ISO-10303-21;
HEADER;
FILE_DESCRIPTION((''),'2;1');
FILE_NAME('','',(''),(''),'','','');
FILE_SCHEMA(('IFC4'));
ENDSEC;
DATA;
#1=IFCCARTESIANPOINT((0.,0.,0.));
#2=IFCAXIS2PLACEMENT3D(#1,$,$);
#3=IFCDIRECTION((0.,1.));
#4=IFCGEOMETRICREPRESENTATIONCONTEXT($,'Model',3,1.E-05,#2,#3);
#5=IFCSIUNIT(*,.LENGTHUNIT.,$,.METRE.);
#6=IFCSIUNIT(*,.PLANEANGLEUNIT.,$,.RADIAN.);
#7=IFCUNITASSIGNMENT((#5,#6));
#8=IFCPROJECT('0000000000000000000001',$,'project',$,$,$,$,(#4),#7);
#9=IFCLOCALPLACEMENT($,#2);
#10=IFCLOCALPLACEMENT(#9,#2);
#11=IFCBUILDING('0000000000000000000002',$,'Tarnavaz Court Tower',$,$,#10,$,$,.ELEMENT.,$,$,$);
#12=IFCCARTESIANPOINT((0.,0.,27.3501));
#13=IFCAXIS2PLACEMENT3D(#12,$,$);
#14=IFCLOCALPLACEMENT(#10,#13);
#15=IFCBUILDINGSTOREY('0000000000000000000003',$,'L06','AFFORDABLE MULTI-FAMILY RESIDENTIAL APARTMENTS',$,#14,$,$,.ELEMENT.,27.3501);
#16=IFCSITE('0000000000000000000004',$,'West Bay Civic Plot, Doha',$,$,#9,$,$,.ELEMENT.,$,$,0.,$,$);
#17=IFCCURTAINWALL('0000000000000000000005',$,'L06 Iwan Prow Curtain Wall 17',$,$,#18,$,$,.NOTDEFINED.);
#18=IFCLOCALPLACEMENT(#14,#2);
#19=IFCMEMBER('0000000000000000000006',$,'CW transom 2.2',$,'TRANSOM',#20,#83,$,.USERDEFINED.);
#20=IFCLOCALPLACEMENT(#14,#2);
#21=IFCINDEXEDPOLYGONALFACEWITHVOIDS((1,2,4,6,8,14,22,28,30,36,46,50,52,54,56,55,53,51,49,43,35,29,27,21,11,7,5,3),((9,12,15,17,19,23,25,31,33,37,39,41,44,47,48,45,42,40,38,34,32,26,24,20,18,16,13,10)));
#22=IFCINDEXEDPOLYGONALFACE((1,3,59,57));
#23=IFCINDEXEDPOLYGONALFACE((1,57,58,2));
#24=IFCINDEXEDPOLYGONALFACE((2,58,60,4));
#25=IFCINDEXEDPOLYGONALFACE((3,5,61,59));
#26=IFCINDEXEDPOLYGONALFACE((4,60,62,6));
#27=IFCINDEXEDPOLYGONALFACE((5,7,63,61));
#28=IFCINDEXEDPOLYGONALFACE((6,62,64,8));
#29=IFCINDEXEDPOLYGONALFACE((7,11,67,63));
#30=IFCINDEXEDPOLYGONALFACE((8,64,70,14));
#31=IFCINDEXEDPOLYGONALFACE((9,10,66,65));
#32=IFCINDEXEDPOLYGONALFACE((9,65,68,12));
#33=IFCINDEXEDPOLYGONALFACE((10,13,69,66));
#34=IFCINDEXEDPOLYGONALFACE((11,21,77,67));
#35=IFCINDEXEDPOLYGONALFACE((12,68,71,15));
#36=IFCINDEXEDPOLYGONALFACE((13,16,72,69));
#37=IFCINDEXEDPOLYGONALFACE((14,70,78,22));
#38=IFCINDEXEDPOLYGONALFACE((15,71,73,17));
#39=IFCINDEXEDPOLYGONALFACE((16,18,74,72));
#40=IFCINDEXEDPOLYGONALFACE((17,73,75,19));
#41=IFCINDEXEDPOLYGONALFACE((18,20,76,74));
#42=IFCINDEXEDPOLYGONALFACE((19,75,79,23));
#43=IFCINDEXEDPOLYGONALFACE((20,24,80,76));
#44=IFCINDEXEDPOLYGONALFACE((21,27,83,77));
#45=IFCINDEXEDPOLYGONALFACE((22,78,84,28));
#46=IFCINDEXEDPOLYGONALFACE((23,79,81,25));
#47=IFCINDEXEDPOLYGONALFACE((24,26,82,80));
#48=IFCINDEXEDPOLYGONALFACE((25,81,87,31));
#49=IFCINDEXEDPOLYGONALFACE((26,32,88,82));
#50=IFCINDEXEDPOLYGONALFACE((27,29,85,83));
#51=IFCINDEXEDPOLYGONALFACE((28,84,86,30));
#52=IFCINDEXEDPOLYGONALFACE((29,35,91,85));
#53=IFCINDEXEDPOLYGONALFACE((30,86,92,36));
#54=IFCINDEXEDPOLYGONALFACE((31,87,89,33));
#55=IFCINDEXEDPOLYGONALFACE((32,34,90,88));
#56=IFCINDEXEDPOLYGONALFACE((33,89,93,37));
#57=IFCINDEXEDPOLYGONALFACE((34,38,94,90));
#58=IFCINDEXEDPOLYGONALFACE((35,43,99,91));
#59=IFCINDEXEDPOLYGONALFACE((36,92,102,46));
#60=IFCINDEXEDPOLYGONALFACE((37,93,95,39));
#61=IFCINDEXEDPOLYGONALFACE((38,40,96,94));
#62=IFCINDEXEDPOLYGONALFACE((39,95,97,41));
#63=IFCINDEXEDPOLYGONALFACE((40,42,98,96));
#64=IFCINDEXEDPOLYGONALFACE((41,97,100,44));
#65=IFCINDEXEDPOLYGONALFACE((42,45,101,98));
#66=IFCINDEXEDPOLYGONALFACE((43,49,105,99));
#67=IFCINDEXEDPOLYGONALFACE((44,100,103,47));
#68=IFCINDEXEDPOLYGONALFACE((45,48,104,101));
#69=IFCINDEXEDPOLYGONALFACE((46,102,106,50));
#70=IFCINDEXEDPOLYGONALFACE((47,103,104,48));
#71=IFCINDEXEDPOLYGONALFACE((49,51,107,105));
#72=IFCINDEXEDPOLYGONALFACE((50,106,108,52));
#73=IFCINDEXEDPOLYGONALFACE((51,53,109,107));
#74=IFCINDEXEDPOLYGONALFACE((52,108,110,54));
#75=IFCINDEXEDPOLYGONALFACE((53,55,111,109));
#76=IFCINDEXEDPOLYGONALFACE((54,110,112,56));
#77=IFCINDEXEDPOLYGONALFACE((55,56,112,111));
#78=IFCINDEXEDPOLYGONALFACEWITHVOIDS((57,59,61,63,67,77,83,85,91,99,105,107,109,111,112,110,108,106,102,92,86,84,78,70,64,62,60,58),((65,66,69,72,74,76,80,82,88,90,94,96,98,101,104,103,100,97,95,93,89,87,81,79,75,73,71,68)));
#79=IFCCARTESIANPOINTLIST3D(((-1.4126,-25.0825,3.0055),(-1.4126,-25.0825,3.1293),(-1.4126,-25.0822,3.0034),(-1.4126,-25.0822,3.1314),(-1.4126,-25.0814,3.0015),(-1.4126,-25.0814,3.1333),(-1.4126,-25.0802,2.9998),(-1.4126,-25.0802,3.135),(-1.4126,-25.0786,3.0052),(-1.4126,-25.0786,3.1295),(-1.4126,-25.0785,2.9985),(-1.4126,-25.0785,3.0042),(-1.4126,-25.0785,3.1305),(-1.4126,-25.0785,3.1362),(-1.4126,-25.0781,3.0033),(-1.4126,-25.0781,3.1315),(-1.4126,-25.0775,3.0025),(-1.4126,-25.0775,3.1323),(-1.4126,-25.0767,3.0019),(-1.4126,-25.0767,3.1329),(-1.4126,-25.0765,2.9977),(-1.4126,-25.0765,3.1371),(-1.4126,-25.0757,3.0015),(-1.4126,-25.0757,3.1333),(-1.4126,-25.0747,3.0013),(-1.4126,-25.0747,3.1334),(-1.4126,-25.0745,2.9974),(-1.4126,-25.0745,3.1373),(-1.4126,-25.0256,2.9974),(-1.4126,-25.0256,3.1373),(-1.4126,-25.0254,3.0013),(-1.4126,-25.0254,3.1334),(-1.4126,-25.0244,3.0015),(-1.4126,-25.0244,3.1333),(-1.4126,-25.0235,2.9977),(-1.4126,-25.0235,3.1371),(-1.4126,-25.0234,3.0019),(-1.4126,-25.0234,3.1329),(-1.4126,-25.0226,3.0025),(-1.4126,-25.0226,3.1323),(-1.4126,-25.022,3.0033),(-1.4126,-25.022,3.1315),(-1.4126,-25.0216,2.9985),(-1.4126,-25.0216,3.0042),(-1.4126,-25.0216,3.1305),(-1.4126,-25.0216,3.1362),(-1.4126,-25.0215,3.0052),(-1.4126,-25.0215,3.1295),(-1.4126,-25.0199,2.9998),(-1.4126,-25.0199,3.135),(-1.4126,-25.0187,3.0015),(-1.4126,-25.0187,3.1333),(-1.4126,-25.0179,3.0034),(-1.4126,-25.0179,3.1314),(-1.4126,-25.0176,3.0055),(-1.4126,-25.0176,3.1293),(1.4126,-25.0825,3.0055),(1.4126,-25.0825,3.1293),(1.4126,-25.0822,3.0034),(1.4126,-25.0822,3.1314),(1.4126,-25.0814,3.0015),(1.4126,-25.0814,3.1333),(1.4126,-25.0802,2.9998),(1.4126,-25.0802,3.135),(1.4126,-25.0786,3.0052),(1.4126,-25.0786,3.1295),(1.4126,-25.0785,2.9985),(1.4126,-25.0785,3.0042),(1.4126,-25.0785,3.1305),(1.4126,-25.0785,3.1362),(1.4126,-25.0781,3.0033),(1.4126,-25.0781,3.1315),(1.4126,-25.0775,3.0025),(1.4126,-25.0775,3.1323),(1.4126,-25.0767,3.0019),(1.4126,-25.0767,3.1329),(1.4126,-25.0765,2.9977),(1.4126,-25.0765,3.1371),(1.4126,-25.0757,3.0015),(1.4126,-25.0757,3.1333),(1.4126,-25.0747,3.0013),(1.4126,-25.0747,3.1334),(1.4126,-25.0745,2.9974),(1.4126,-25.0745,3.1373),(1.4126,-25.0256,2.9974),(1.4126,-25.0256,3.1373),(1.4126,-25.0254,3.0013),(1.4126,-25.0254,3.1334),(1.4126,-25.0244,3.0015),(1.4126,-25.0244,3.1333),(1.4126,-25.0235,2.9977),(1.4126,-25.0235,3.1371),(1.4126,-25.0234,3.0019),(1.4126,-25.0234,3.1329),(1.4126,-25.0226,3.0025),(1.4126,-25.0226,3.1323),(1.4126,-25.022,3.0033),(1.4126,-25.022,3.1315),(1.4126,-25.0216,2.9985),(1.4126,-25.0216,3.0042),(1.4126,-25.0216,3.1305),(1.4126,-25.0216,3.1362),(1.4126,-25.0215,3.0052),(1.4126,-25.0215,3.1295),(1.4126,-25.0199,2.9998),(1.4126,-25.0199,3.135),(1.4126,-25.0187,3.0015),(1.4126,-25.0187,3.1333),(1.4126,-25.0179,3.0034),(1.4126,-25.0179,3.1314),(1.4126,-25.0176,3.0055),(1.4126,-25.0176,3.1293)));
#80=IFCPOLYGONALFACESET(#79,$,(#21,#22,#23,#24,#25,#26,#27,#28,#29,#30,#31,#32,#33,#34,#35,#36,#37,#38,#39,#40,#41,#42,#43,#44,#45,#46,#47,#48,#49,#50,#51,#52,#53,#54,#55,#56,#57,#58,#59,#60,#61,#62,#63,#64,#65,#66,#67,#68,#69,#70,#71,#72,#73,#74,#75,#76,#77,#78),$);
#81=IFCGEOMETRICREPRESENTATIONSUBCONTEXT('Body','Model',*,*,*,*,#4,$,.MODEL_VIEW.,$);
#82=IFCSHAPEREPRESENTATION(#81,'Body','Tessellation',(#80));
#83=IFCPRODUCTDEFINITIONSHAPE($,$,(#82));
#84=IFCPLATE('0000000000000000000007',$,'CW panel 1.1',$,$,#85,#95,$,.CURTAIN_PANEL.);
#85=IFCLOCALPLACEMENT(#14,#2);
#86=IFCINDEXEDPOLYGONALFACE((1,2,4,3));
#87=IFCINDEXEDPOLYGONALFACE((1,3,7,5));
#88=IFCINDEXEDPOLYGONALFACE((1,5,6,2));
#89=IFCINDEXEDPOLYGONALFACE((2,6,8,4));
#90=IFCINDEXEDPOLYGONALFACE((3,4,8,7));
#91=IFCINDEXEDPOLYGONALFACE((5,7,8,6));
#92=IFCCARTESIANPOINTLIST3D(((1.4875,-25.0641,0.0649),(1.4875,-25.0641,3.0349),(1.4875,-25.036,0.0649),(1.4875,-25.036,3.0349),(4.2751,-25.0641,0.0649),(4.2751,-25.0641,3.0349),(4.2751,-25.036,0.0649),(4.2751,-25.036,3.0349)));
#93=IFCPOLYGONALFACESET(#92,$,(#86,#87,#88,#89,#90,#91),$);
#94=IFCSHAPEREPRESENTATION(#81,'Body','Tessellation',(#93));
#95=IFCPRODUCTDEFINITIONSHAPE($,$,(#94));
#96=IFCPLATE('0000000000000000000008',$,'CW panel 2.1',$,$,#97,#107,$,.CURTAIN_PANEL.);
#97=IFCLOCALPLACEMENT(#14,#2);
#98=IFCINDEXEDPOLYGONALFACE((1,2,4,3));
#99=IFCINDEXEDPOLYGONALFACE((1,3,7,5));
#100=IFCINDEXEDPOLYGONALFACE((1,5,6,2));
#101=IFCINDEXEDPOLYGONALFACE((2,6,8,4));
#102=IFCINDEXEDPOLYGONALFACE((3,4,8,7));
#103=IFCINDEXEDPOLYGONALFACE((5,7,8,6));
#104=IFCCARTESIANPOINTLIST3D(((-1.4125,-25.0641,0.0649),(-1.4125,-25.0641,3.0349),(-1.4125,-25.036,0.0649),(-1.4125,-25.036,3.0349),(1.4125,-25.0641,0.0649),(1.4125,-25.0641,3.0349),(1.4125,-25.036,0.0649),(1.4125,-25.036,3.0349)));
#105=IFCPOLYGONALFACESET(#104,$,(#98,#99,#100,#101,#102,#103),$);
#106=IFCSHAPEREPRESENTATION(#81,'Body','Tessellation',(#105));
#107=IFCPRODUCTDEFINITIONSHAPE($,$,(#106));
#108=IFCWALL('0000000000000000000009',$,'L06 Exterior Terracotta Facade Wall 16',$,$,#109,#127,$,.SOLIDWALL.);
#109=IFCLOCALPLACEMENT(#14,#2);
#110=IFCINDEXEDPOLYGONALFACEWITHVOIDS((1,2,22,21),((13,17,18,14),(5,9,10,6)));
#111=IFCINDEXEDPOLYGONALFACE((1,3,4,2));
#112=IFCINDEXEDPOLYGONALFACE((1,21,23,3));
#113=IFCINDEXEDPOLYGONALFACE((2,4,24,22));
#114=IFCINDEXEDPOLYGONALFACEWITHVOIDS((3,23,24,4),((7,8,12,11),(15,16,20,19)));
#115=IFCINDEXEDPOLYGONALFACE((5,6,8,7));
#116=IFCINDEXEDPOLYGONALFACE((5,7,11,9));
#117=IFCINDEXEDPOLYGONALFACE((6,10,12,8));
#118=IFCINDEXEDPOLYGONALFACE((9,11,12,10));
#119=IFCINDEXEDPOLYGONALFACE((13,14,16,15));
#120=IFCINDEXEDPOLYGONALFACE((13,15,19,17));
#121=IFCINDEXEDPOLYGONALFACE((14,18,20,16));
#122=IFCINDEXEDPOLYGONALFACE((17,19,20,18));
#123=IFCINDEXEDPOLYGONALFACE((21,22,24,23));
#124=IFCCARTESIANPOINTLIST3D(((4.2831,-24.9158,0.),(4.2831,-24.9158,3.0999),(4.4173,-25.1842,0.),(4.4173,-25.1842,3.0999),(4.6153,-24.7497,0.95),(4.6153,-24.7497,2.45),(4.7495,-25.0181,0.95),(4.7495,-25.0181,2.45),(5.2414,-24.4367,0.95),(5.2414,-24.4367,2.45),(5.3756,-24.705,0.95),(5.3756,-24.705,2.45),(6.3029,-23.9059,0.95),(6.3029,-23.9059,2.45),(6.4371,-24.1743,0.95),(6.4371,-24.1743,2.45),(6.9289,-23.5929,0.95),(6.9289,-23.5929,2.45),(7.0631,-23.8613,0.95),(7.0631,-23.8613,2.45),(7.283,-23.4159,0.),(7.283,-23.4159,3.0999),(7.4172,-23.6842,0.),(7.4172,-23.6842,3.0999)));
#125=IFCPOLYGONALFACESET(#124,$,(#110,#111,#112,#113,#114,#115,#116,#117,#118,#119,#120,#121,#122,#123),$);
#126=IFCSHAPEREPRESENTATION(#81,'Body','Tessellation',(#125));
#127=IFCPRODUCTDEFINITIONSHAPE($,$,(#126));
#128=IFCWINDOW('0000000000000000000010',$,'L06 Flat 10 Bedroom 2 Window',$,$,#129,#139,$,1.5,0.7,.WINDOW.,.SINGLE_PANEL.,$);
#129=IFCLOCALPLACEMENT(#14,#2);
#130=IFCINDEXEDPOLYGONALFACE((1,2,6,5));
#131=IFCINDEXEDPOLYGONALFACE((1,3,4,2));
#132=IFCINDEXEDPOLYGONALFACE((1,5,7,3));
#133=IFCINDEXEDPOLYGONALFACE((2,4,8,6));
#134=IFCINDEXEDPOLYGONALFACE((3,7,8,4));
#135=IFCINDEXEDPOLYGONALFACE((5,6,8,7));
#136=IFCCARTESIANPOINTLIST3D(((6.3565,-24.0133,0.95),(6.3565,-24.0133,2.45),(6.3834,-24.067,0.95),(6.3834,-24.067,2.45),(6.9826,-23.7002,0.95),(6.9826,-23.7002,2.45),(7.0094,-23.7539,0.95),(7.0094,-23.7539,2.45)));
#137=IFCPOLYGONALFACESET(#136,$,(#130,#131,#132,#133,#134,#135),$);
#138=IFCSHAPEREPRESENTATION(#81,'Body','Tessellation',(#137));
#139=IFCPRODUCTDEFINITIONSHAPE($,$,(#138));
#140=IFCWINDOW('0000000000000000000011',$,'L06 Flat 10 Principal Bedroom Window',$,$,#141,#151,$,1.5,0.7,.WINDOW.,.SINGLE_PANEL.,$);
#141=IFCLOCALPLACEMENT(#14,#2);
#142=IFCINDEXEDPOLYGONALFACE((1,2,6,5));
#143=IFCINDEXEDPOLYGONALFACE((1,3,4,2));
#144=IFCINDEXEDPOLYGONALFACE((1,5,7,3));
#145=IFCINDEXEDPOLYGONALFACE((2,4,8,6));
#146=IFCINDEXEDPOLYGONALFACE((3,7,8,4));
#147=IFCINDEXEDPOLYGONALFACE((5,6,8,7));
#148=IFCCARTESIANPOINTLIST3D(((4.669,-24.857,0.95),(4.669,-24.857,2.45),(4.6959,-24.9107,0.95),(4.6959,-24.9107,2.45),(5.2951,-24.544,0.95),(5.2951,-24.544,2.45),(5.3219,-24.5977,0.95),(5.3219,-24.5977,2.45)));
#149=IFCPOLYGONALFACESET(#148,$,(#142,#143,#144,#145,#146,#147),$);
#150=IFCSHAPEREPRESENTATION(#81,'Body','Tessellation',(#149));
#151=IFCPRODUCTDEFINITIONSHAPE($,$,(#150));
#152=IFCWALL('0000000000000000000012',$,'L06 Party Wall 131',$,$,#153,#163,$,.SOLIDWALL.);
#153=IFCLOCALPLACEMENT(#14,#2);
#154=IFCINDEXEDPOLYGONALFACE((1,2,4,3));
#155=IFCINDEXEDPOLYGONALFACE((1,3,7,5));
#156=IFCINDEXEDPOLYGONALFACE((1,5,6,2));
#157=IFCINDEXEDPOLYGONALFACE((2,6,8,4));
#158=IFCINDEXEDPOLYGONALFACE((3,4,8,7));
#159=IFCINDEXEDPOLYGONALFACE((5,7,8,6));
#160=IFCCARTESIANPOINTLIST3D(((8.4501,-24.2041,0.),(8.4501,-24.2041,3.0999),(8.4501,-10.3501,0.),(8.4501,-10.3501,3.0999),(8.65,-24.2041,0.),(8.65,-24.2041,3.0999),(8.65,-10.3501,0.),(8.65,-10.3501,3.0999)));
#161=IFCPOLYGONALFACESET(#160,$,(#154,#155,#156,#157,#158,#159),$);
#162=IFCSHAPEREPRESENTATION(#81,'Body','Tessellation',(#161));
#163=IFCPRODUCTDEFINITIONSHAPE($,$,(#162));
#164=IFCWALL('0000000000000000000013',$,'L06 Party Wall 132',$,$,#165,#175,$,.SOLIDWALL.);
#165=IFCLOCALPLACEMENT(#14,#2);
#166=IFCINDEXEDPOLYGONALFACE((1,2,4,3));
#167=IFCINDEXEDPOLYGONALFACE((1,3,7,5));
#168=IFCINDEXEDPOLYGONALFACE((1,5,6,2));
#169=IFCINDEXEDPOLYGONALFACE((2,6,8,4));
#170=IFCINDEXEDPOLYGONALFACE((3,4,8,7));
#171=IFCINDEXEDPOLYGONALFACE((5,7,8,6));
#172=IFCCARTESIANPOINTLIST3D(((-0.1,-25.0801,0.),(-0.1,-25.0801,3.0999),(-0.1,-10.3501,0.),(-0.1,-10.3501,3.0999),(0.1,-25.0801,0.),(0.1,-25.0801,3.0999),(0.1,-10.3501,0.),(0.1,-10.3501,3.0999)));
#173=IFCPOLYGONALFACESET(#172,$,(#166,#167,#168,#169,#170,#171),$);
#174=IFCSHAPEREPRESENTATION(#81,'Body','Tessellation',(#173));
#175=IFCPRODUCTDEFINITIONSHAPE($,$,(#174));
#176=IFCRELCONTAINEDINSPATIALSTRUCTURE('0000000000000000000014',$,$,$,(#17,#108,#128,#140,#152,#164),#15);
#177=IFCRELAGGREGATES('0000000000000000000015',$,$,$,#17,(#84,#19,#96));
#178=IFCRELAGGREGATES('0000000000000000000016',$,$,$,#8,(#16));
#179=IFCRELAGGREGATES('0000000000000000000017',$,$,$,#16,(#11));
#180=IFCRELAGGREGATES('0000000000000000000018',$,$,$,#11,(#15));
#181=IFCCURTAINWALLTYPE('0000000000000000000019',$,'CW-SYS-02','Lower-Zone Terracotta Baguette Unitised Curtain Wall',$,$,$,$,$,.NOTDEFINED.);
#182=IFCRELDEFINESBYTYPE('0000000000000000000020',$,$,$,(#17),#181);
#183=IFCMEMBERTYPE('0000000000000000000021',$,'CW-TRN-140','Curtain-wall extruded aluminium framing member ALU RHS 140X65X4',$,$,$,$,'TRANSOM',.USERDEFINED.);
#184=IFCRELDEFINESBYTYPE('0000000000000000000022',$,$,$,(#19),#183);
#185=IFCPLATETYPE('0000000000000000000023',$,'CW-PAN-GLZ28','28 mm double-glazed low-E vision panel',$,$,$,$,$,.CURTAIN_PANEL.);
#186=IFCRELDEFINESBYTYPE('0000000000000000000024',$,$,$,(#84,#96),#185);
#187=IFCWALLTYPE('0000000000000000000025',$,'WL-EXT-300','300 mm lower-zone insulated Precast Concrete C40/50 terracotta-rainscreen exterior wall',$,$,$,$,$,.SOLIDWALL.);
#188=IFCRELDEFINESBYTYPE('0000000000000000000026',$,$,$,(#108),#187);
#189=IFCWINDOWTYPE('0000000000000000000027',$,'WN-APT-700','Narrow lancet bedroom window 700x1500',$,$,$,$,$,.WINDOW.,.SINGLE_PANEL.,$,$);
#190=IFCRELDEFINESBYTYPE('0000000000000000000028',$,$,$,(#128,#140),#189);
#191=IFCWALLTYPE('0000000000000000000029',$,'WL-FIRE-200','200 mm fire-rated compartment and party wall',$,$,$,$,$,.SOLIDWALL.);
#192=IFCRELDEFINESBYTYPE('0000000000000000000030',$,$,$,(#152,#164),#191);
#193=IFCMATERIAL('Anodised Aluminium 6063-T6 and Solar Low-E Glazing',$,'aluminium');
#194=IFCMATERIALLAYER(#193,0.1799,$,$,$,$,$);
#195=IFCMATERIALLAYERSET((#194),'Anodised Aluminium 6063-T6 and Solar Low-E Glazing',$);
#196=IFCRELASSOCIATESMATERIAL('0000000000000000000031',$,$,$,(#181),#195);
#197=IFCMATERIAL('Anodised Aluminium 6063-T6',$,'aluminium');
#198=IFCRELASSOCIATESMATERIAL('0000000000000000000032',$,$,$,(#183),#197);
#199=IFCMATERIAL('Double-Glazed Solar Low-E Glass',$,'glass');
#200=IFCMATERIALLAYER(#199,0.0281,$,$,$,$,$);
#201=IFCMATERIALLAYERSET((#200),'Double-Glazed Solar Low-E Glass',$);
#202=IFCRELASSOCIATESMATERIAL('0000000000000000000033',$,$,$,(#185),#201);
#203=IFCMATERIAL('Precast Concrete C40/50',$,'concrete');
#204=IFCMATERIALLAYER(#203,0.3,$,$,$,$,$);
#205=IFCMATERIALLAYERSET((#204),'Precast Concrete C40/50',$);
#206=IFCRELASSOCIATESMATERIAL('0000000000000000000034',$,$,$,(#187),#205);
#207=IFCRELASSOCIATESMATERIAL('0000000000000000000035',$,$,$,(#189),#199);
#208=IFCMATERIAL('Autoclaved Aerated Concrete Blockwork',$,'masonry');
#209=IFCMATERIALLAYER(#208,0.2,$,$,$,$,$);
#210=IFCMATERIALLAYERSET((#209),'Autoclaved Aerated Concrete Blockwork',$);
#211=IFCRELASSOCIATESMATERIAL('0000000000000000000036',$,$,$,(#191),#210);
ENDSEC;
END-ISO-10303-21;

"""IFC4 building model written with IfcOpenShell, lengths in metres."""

from ifc_helpers import new_model, si_unit, direction, frame, frame_2d, origin, origin_2d, place, context, subcontext, project, spatial, rectangle, hollow_rectangle, extrude, material, layer, layer_set, material_profile, profile_set, type_object, element, fill, aggregate, save


model = new_model("IFC4")

# Units and contexts
model_context = context("Model", 3, precision=1e-05, world=origin(), true_north=direction((0.0, 1.0)))
body_context = subcontext(model_context, "Body", "Model", "MODEL_VIEW")
ifc_project = project(units=[si_unit("LENGTHUNIT", "METRE"), si_unit("PLANEANGLEUNIT", "RADIAN")], contexts=[model_context])

# Site, building, storey
site_placement = place(None, origin())
site = spatial("IfcSite", under=ifc_project, at=site_placement, Name="West Bay Civic Plot, Doha", CompositionType="ELEMENT", RefElevation=0.0)
building_placement = place(site_placement, origin())
building = spatial("IfcBuilding", under=site, at=building_placement, Name="Tarnavaz Court Tower", CompositionType="ELEMENT")
storey_placement = place(building_placement, frame((0.0, 0.0, 27.3501)))
storey = spatial("IfcBuildingStorey", under=building, at=storey_placement, Name="L06", Description="AFFORDABLE MULTI-FAMILY RESIDENTIAL APARTMENTS", CompositionType="ELEMENT", Elevation=27.3501)

# Curtain wall, member, plates
ifc_material_1 = material(Name="Anodised Aluminium 6063-T6 and Solar Low-E Glazing", Category="aluminium")
ifc_layer_1 = layer(ifc_material_1, 0.1799)
ifc_layer_set_1 = layer_set([ifc_layer_1], Name="Anodised Aluminium 6063-T6 and Solar Low-E Glazing")
curtain_wall_type = type_object("IfcCurtainWallType", Name="CW-SYS-02", Description="Lower-Zone Terracotta Baguette Unitised Curtain Wall", PredefinedType="NOTDEFINED", material=ifc_layer_set_1)
curtain_wall_placement = place(storey_placement, origin())
curtain_wall = element("IfcCurtainWall", 1, at=curtain_wall_placement, inside=storey, type_object=curtain_wall_type, Name="L06 Iwan Prow Curtain Wall 17", PredefinedType="NOTDEFINED")
ifc_material_2 = material(Name="Anodised Aluminium 6063-T6", Category="aluminium")
ifc_material_profile_1 = material_profile(ifc_material_2, hollow_rectangle(XDim=0.0649, YDim=0.1399, WallThickness=0.0039, InnerFilletRadius=0.0039, OuterFilletRadius=0.0081, at=origin_2d()), Name="ALU RHS 140X65X4")
ifc_profile_set_1 = profile_set([ifc_material_profile_1], Name="Anodised Aluminium 6063-T6")
member_type_1 = type_object("IfcMemberType", Name="CW-TRN-140", Description="Curtain-wall extruded aluminium framing member ALU RHS 140X65X4", ElementType="TRANSOM", PredefinedType="USERDEFINED", material=ifc_profile_set_1)
member_1_placement = place(storey_placement, frame((1.4126, -25.05, 3.0674), z_axis=(-1.0, 0.0, 0.0), x_axis=(0.0, -1.0, 0.0)))
member_1 = element("IfcMember", 2, at=member_1_placement, type_object=member_type_1, Name="CW transom 2.2", ObjectType="TRANSOM", PredefinedType="USERDEFINED", context=body_context, shape_type="SweptSolid", body=[
    extrude(hollow_rectangle(XDim=0.0649, YDim=0.1399, WallThickness=0.0039, InnerFilletRadius=0.0039, OuterFilletRadius=0.0081, at=origin_2d()), origin(), (0.0, 0.0, 1.0), 2.8252),
])
ifc_material_3 = material(Name="Double-Glazed Solar Low-E Glass", Category="glass")
ifc_layer_2 = layer(ifc_material_3, 0.0281)
ifc_layer_set_2 = layer_set([ifc_layer_2], Name="Double-Glazed Solar Low-E Glass")
plate_type = type_object("IfcPlateType", Name="CW-PAN-GLZ28", Description="28 mm double-glazed low-E vision panel", PredefinedType="CURTAIN_PANEL", material=ifc_layer_set_2)
plate_1_placement = place(storey_placement, frame((2.8813, -25.05, 0.0649), z_axis=(0.0, 0.0, 1.0), x_axis=(-1.0, 0.0, 0.0)))
plate_1 = element("IfcPlate", 3, at=plate_1_placement, type_object=plate_type, Name="CW panel 1.1", PredefinedType="CURTAIN_PANEL", context=body_context, shape_type="SweptSolid", body=[
    extrude(rectangle(XDim=2.7876, YDim=0.0281, at=origin_2d()), origin(), (0.0, 0.0, 1.0), 2.97),
])
plate_2_placement = place(storey_placement, frame((0.0, -25.05, 0.0649), z_axis=(0.0, 0.0, 1.0), x_axis=(-1.0, 0.0, 0.0)))
plate_2 = element("IfcPlate", 4, at=plate_2_placement, type_object=plate_type, Name="CW panel 2.1", PredefinedType="CURTAIN_PANEL", context=body_context, shape_type="SweptSolid", body=[
    extrude(rectangle(XDim=2.825, YDim=0.0281, at=origin_2d()), origin(), (0.0, 0.0, 1.0), 2.97),
])
aggregate(curtain_wall, [plate_1, member_1, plate_2])

# Wall, openings, windows
ifc_material_4 = material(Name="Precast Concrete C40/50", Category="concrete")
ifc_layer_3 = layer(ifc_material_4, 0.3)
ifc_layer_set_3 = layer_set([ifc_layer_3], Name="Precast Concrete C40/50")
wall_type_1 = type_object("IfcWallType", Name="WL-EXT-300", Description="300 mm lower-zone insulated Precast Concrete C40/50 terracotta-rainscreen exterior wall", PredefinedType="SOLIDWALL", material=ifc_layer_set_3)
wall_1_placement = place(storey_placement, frame((7.3501, -23.55, 0.0), z_axis=(0.0, 0.0, 1.0), x_axis=(-0.894427, -0.447214, 0.0)))
wall_1 = element("IfcWall", 5, at=wall_1_placement, inside=storey, type_object=wall_type_1, Name="L06 Exterior Terracotta Facade Wall 16", PredefinedType="SOLIDWALL", context=body_context, shape_type="SweptSolid", body=[
    extrude(rectangle(XDim=3.354, YDim=0.3, at=frame_2d((1.677, 0.0))), origin(), (0.0, 0.0, 1.0), 3.0999),
])
opening_1_placement = place(wall_1_placement, frame((0.3958, 0.0, 0.95)))
opening_1 = element("IfcOpeningElement", 6, at=opening_1_placement, cuts=wall_1, PredefinedType="OPENING", context=body_context, shape_type="SweptSolid", body=[
    extrude(rectangle(XDim=0.7, YDim=1.5, at=frame_2d((0.3501, 0.75))), frame((0.0, 0.1599, 0.0), z_axis=(0.0, -1.0, 0.0), x_axis=(1.0, 0.0, 0.0)), (0.0, 0.0, 1.0), 0.3201),
])
opening_2_placement = place(wall_1_placement, frame((2.2825, 0.0, 0.95)))
opening_2 = element("IfcOpeningElement", 7, at=opening_2_placement, cuts=wall_1, PredefinedType="OPENING", context=body_context, shape_type="SweptSolid", body=[
    extrude(rectangle(XDim=0.7, YDim=1.5, at=frame_2d((0.3501, 0.75))), frame((0.0, 0.1599, 0.0), z_axis=(0.0, -1.0, 0.0), x_axis=(1.0, 0.0, 0.0)), (0.0, 0.0, 1.0), 0.3201),
])
window_type = type_object("IfcWindowType", Name="WN-APT-700", Description="Narrow lancet bedroom window 700x1500", PartitioningType="SINGLE_PANEL", PredefinedType="WINDOW", material=ifc_material_3)
window_1_placement = place(opening_1_placement, origin())
window_1 = element("IfcWindow", 8, at=window_1_placement, inside=storey, type_object=window_type, Name="L06 Flat 10 Bedroom 2 Window", OverallHeight=1.5, OverallWidth=0.7, PartitioningType="SINGLE_PANEL", PredefinedType="WINDOW", context=body_context, shape_type="SweptSolid", body=[
    extrude(rectangle(XDim=0.7, YDim=1.5, at=frame_2d((0.3501, 0.75))), frame((0.0, 0.03, 0.0), z_axis=(0.0, -1.0, 0.0), x_axis=(1.0, 0.0, 0.0)), (0.0, 0.0, 1.0), 0.0601),
])
fill(opening_1, window_1)
window_2_placement = place(opening_2_placement, origin())
window_2 = element("IfcWindow", 9, at=window_2_placement, inside=storey, type_object=window_type, Name="L06 Flat 10 Principal Bedroom Window", OverallHeight=1.5, OverallWidth=0.7, PartitioningType="SINGLE_PANEL", PredefinedType="WINDOW", context=body_context, shape_type="SweptSolid", body=[
    extrude(rectangle(XDim=0.7, YDim=1.5, at=frame_2d((0.3501, 0.75))), frame((0.0, 0.03, 0.0), z_axis=(0.0, -1.0, 0.0), x_axis=(1.0, 0.0, 0.0)), (0.0, 0.0, 1.0), 0.0601),
])
fill(opening_2, window_2)

# Walls
ifc_material_5 = material(Name="Autoclaved Aerated Concrete Blockwork", Category="masonry")
ifc_layer_4 = layer(ifc_material_5, 0.2)
ifc_layer_set_4 = layer_set([ifc_layer_4], Name="Autoclaved Aerated Concrete Blockwork")
wall_type_2 = type_object("IfcWallType", Name="WL-FIRE-200", Description="200 mm fire-rated compartment and party wall", PredefinedType="SOLIDWALL", material=ifc_layer_set_4)
wall_2_placement = place(storey_placement, frame((8.55, -24.2041, 0.0), z_axis=(0.0, 0.0, 1.0), x_axis=(0.0, 1.0, 0.0)))
element("IfcWall", 10, at=wall_2_placement, inside=storey, type_object=wall_type_2, Name="L06 Party Wall 131", PredefinedType="SOLIDWALL", context=body_context, shape_type="SweptSolid", body=[
    extrude(rectangle(XDim=13.854, YDim=0.2, at=frame_2d((6.927, 0.0))), origin(), (0.0, 0.0, 1.0), 3.0999),
])
wall_3_placement = place(storey_placement, frame((0.0, -25.0801, 0.0), z_axis=(0.0, 0.0, 1.0), x_axis=(0.0, 1.0, 0.0)))
element("IfcWall", 11, at=wall_3_placement, inside=storey, type_object=wall_type_2, Name="L06 Party Wall 132", PredefinedType="SOLIDWALL", context=body_context, shape_type="SweptSolid", body=[
    extrude(rectangle(XDim=14.73, YDim=0.2, at=frame_2d((7.365, 0.0))), origin(), (0.0, 0.0, 1.0), 3.0999),
])

save(model, "model.ifc")
